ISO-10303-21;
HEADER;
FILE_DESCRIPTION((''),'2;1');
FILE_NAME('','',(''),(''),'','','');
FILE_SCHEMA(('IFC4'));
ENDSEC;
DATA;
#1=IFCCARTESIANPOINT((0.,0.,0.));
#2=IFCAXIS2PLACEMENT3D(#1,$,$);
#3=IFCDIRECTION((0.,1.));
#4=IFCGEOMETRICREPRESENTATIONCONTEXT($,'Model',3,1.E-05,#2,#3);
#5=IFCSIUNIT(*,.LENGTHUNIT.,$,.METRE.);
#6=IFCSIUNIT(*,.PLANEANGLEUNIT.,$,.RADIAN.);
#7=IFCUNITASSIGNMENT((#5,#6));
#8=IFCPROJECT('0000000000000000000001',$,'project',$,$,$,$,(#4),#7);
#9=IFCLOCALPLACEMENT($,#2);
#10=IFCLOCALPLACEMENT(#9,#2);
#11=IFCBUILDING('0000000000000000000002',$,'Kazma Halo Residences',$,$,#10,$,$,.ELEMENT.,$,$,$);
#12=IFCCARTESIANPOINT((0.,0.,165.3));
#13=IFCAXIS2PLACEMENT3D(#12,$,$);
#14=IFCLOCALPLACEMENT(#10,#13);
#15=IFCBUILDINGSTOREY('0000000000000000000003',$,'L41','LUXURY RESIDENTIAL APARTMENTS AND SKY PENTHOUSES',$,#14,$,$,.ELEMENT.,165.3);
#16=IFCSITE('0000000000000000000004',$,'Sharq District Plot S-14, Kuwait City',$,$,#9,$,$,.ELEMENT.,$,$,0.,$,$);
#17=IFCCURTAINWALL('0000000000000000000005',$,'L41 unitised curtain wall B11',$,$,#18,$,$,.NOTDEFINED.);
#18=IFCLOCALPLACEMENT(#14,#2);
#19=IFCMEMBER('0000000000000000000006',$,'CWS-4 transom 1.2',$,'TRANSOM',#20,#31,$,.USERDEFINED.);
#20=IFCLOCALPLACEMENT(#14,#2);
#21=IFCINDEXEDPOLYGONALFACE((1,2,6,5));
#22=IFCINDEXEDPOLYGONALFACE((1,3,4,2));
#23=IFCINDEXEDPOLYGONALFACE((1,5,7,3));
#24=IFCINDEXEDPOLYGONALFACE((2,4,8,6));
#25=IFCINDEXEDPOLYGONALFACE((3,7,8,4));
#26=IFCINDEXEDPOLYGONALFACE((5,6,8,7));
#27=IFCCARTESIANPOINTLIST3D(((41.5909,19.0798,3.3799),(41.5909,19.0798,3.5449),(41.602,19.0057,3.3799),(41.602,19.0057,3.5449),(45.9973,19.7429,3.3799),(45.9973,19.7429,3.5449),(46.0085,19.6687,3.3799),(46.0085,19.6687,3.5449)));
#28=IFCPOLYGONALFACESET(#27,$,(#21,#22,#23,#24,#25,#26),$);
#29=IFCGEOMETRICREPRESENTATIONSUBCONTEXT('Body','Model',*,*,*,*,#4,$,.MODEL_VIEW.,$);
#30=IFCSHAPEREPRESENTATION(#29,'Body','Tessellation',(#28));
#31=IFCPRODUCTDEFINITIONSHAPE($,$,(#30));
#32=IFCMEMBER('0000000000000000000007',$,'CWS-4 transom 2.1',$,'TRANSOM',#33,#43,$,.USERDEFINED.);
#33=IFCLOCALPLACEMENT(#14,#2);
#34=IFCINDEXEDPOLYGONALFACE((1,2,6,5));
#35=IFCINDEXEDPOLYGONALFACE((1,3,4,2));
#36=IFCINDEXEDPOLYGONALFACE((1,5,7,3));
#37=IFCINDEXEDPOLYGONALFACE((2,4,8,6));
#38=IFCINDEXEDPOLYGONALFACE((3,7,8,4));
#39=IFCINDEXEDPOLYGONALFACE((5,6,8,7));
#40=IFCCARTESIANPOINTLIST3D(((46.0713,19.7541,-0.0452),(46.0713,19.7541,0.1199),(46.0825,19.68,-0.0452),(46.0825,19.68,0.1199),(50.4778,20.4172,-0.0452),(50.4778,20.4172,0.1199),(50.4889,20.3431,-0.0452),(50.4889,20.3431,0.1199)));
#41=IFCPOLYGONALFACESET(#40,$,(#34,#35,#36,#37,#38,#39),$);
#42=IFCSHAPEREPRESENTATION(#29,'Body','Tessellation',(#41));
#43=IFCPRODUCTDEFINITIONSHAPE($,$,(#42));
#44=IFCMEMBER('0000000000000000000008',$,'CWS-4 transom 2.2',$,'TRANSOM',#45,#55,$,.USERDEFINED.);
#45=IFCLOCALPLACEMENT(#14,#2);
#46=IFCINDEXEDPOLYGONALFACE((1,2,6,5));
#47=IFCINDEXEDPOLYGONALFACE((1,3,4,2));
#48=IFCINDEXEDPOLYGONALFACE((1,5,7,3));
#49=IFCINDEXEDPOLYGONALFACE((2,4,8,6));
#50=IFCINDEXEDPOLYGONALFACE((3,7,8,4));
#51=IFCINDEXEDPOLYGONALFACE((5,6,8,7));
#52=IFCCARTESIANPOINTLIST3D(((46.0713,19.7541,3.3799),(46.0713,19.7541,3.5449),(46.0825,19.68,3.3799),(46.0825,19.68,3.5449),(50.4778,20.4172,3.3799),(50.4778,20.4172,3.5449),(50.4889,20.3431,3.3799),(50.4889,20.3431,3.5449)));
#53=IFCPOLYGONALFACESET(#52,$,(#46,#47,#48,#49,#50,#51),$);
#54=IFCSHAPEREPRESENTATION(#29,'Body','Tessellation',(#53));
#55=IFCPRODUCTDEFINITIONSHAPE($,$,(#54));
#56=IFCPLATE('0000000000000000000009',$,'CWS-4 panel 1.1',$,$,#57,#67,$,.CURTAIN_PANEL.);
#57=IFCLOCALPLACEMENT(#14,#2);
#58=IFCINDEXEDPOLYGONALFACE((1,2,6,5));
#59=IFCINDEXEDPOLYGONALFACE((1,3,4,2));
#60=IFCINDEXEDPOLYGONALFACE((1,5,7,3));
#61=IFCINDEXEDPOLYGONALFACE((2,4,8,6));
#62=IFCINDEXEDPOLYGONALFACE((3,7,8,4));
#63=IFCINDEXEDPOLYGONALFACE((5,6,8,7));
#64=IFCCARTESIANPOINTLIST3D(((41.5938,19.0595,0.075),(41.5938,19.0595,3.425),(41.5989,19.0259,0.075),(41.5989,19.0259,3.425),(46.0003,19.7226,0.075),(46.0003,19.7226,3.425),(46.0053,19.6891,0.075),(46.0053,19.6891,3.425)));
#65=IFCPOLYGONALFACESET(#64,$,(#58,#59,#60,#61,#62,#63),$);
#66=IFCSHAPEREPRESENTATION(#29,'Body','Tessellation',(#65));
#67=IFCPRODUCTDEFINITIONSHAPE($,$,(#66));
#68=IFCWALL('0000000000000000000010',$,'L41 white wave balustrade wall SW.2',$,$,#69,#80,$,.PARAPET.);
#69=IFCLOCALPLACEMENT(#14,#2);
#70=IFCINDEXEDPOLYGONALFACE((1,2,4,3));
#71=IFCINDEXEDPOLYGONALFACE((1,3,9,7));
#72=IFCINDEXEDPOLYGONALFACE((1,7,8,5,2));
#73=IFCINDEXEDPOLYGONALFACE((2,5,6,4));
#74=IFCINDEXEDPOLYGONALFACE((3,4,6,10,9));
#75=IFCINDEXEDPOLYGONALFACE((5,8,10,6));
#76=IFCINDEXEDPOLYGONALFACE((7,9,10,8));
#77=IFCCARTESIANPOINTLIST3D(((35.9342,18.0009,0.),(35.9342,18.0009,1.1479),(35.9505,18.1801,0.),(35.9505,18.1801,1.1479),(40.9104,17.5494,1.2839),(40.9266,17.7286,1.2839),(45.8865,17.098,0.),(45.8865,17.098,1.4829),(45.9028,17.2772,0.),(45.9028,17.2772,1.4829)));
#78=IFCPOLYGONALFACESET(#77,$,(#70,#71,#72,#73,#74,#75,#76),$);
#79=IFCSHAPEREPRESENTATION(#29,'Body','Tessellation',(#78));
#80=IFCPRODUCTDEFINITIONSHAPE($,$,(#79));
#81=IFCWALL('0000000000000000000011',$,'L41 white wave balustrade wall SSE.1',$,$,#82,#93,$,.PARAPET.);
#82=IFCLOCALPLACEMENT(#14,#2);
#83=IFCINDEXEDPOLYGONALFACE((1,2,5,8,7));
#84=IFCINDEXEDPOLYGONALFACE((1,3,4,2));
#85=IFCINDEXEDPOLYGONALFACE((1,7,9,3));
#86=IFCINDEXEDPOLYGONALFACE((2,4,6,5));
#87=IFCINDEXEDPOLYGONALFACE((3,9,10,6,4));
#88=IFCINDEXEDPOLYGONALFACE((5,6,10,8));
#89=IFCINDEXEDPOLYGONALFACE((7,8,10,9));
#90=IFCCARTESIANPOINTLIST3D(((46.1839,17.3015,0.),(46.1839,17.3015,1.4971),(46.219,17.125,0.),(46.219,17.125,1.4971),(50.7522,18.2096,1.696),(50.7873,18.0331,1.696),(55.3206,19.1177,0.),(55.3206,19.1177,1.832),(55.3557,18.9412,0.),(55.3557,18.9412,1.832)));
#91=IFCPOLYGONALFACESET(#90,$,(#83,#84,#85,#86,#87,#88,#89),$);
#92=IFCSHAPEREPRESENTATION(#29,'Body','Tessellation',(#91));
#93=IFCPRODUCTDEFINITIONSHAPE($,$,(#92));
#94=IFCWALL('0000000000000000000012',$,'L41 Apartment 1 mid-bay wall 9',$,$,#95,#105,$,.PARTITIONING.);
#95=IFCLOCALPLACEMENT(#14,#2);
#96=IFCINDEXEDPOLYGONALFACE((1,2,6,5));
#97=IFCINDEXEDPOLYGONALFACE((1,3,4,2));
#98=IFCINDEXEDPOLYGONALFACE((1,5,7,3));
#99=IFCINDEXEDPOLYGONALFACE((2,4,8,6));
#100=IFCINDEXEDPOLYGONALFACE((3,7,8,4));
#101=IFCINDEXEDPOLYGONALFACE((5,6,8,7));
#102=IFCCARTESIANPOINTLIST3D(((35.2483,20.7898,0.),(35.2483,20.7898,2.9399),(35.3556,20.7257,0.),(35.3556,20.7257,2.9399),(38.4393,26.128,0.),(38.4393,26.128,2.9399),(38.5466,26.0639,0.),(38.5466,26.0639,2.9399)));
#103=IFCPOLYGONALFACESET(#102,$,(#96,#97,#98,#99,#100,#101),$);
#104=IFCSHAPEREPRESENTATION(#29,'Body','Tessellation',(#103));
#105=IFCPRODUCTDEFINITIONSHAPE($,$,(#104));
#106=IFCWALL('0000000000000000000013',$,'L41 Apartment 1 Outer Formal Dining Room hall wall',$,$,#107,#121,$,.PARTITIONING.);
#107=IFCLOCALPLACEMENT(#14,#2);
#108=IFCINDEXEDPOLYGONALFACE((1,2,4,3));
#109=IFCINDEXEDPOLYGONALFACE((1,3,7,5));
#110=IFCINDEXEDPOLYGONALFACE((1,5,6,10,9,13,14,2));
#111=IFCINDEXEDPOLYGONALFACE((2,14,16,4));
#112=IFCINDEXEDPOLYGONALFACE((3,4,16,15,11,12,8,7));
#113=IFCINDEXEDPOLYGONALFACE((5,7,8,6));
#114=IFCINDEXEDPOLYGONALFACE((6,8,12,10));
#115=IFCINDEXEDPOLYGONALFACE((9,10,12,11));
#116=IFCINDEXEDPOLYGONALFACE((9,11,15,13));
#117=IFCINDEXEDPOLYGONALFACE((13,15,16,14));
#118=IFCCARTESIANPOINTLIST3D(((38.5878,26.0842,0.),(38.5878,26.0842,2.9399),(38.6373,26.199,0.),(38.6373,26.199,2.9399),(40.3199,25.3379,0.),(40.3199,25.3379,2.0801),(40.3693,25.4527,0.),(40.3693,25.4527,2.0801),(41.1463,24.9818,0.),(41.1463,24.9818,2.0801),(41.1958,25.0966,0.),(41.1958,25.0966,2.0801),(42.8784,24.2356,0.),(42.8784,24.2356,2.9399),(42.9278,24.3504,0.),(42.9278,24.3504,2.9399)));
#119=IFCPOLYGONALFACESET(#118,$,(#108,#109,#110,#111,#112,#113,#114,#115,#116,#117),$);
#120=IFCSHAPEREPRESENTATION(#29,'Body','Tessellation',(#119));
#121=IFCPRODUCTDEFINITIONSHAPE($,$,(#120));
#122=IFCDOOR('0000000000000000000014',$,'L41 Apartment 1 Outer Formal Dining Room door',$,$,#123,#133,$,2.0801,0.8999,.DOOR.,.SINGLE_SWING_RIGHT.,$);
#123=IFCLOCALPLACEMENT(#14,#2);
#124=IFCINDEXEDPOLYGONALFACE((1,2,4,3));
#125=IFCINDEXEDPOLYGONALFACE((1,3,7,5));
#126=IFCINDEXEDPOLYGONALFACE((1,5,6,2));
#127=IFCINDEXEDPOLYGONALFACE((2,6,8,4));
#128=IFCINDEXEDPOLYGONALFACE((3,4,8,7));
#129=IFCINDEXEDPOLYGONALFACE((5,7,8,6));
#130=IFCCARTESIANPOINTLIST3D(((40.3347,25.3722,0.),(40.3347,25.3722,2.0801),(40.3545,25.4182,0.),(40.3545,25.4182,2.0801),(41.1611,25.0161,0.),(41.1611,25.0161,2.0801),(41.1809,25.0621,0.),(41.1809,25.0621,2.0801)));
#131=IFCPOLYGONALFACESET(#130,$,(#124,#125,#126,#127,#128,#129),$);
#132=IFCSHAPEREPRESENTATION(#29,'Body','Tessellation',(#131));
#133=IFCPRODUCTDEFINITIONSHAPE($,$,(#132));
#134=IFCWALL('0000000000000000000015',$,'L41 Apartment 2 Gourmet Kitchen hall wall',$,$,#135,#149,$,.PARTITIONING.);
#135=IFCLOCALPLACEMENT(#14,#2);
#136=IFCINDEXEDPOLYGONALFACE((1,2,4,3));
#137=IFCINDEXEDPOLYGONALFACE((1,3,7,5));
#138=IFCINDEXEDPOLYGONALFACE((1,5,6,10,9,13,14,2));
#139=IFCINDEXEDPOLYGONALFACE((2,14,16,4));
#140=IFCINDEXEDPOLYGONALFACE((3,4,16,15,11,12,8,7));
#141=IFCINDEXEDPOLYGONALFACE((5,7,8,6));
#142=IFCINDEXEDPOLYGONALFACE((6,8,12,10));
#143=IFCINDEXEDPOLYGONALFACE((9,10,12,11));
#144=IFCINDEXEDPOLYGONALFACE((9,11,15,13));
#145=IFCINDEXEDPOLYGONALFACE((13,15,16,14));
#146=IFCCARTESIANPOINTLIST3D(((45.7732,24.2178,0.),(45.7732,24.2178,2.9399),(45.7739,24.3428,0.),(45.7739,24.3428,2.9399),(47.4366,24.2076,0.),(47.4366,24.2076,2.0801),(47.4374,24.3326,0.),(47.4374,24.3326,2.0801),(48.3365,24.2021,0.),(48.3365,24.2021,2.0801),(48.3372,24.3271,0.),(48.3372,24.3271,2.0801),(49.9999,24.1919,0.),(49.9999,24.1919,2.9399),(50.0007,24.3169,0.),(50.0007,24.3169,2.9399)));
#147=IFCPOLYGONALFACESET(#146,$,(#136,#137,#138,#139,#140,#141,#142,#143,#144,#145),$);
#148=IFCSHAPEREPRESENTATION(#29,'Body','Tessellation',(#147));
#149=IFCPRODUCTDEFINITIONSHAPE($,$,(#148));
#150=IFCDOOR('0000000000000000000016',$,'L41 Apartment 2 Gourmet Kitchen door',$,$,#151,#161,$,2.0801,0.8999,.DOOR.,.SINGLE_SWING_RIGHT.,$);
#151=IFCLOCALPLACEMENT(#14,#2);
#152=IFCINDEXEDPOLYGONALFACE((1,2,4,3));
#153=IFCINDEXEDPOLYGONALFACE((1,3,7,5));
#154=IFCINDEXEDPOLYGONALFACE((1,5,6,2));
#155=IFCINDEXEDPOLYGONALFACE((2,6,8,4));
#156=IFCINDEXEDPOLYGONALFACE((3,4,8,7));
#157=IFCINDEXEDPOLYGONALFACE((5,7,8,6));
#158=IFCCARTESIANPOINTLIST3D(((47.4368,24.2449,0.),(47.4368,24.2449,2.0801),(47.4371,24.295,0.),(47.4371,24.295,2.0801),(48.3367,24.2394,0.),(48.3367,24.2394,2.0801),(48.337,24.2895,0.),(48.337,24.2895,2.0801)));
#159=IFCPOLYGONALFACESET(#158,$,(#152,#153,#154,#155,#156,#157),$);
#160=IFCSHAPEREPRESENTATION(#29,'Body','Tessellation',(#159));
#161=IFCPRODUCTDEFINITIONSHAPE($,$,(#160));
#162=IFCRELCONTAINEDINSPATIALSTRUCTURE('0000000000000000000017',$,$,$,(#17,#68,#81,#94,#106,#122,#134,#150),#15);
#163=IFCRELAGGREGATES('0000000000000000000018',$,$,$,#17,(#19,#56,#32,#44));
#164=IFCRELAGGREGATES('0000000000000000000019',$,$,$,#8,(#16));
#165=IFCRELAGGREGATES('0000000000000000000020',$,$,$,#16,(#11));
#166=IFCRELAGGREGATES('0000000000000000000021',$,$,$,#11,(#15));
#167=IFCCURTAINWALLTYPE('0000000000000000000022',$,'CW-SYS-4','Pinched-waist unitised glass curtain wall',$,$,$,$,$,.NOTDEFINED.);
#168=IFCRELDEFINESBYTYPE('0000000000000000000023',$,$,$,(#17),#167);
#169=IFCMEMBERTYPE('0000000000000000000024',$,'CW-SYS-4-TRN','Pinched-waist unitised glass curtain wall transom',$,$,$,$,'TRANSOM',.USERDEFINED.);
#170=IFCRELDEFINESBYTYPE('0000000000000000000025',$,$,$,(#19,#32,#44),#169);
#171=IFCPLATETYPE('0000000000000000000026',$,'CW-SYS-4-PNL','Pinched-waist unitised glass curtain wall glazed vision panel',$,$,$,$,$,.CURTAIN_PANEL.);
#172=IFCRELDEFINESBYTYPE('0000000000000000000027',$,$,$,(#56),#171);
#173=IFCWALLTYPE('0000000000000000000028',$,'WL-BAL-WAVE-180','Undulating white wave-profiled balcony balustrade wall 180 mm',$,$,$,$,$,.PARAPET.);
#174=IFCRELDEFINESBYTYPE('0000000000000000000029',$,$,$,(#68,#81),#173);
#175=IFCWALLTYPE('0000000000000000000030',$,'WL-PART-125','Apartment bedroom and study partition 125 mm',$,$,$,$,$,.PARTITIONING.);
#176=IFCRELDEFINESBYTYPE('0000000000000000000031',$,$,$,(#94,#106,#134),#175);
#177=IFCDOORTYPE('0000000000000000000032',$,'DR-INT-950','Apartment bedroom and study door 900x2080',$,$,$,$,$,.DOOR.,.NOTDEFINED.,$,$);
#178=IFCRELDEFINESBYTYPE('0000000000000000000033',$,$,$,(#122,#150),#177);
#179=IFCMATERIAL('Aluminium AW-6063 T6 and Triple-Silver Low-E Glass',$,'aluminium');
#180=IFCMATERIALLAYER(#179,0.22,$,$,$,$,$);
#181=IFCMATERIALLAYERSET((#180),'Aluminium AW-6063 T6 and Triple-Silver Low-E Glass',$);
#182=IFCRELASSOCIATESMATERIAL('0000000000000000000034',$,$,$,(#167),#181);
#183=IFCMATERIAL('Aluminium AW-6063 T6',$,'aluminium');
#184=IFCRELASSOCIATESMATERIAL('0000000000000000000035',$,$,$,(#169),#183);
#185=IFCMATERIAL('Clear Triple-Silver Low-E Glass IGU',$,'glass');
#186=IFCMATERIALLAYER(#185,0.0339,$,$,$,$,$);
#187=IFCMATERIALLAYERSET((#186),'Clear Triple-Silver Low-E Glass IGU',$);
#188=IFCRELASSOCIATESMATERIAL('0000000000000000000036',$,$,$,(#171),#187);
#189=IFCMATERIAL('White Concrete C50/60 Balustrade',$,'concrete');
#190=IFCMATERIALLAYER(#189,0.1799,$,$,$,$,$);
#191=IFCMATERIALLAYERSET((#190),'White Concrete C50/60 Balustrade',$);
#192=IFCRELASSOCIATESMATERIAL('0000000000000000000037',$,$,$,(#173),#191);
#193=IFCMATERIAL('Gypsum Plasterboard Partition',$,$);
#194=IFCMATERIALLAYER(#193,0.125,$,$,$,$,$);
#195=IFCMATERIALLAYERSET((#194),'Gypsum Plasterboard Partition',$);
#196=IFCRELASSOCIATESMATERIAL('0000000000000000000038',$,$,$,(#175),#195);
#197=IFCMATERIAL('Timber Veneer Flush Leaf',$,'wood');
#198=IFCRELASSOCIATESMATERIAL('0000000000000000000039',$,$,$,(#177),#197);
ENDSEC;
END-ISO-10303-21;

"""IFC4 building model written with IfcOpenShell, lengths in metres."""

from ifc_helpers import new_model, si_unit, direction, frame, frame_2d, origin, origin_2d, place, context, subcontext, project, spatial, polyline, rectangle, outline, extrude, material, layer, layer_set, material_profile, profile_set, type_object, element, fill, aggregate, save


model = new_model("IFC4")

# Units and contexts
model_context = context("Model", 3, precision=1e-05, world=origin(), true_north=direction((0.0, 1.0)))
body_context = subcontext(model_context, "Body", "Model", "MODEL_VIEW")
ifc_project = project(units=[si_unit("LENGTHUNIT", "METRE"), si_unit("PLANEANGLEUNIT", "RADIAN")], contexts=[model_context])

# Site, building, storey
site_placement = place(None, origin())
site = spatial("IfcSite", under=ifc_project, at=site_placement, Name="Sharq District Plot S-14, Kuwait City", CompositionType="ELEMENT", RefElevation=0.0)
building_placement = place(site_placement, origin())
building = spatial("IfcBuilding", under=site, at=building_placement, Name="Kazma Halo Residences", CompositionType="ELEMENT")
storey_placement = place(building_placement, frame((0.0, 0.0, 165.3)))
storey = spatial("IfcBuildingStorey", under=building, at=storey_placement, Name="L41", Description="LUXURY RESIDENTIAL APARTMENTS AND SKY PENTHOUSES", CompositionType="ELEMENT", Elevation=165.3)

# Curtain wall, members, plate
ifc_material_1 = material(Name="Aluminium AW-6063 T6 and Triple-Silver Low-E Glass", Category="aluminium")
ifc_layer_1 = layer(ifc_material_1, 0.22)
ifc_layer_set_1 = layer_set([ifc_layer_1], Name="Aluminium AW-6063 T6 and Triple-Silver Low-E Glass")
curtain_wall_type = type_object("IfcCurtainWallType", Name="CW-SYS-4", Description="Pinched-waist unitised glass curtain wall", PredefinedType="NOTDEFINED", material=ifc_layer_set_1)
curtain_wall_placement = place(storey_placement, origin())
curtain_wall = element("IfcCurtainWall", 1, at=curtain_wall_placement, inside=storey, type_object=curtain_wall_type, Name="L41 unitised curtain wall B11", PredefinedType="NOTDEFINED")
ifc_material_2 = material(Name="Aluminium AW-6063 T6", Category="aluminium")
ifc_material_profile_1 = material_profile(ifc_material_2, rectangle(XDim=0.075, YDim=0.165, at=origin_2d()), Name="CWT-75x165")
ifc_profile_set_1 = profile_set([ifc_material_profile_1], Name="Aluminium AW-6063 T6")
member_type_1 = type_object("IfcMemberType", Name="CW-SYS-4-TRN", Description="Pinched-waist unitised glass curtain wall transom", ElementType="TRANSOM", PredefinedType="USERDEFINED", material=ifc_profile_set_1)
member_1_placement = place(storey_placement, frame((41.5964, 19.0427, 3.4624), z_axis=(0.988867, 0.148804, 0.0), x_axis=(-0.148804, 0.988867, 0.0)))
member_1 = element("IfcMember", 2, at=member_1_placement, type_object=member_type_1, Name="CWS-4 transom 1.2", ObjectType="TRANSOM", PredefinedType="USERDEFINED", context=body_context, shape_type="SweptSolid", body=[
    extrude(rectangle(XDim=0.075, YDim=0.165, at=origin_2d()), origin(), (0.0, 0.0, 1.0), 4.4561),
])
member_2_placement = place(storey_placement, frame((46.0769, 19.717, 0.0374), z_axis=(0.988867, 0.148804, 0.0), x_axis=(-0.148804, 0.988867, 0.0)))
member_2 = element("IfcMember", 3, at=member_2_placement, type_object=member_type_1, Name="CWS-4 transom 2.1", ObjectType="TRANSOM", PredefinedType="USERDEFINED", context=body_context, shape_type="SweptSolid", body=[
    extrude(rectangle(XDim=0.075, YDim=0.165, at=origin_2d()), origin(), (0.0, 0.0, 1.0), 4.4561),
])
member_3_placement = place(storey_placement, frame((46.0769, 19.717, 3.4624), z_axis=(0.988867, 0.148804, 0.0), x_axis=(-0.148804, 0.988867, 0.0)))
member_3 = element("IfcMember", 4, at=member_3_placement, type_object=member_type_1, Name="CWS-4 transom 2.2", ObjectType="TRANSOM", PredefinedType="USERDEFINED", context=body_context, shape_type="SweptSolid", body=[
    extrude(rectangle(XDim=0.075, YDim=0.165, at=origin_2d()), origin(), (0.0, 0.0, 1.0), 4.4561),
])
ifc_material_3 = material(Name="Clear Triple-Silver Low-E Glass IGU", Category="glass")
ifc_layer_2 = layer(ifc_material_3, 0.0339)
ifc_layer_set_2 = layer_set([ifc_layer_2], Name="Clear Triple-Silver Low-E Glass IGU")
plate_type = type_object("IfcPlateType", Name="CW-SYS-4-PNL", Description="Pinched-waist unitised glass curtain wall glazed vision panel", PredefinedType="CURTAIN_PANEL", material=ifc_layer_set_2)
plate_placement = place(storey_placement, frame((43.7996, 19.3743, 0.075), z_axis=(0.0, 0.0, 1.0), x_axis=(0.988864, 0.148821, 0.0)))
plate = element("IfcPlate", 5, at=plate_placement, type_object=plate_type, Name="CWS-4 panel 1.1", PredefinedType="CURTAIN_PANEL", context=body_context, shape_type="SweptSolid", body=[
    extrude(rectangle(XDim=4.4561, YDim=0.0339, at=origin_2d()), origin(), (0.0, 0.0, 1.0), 3.3501),
])
aggregate(curtain_wall, [member_1, plate, member_2, member_3])

# Walls
ifc_material_4 = material(Name="White Concrete C50/60 Balustrade", Category="concrete")
ifc_layer_3 = layer(ifc_material_4, 0.1799)
ifc_layer_set_3 = layer_set([ifc_layer_3], Name="White Concrete C50/60 Balustrade")
wall_type_1 = type_object("IfcWallType", Name="WL-BAL-WAVE-180", Description="Undulating white wave-profiled balcony balustrade wall 180 mm", PredefinedType="PARAPET", material=ifc_layer_set_3)
wall_1_placement = place(storey_placement, frame((35.9424, 18.0906, 0.0), z_axis=(0.0, 0.0, 1.0), x_axis=(0.995911, -0.090344, 0.0)))
element("IfcWall", 6, at=wall_1_placement, inside=storey, type_object=wall_type_1, Name="L41 white wave balustrade wall SW.2", PredefinedType="PARAPET", context=body_context, shape_type="SweptSolid", body=[
    extrude(outline(polyline([(0.0, 0.0), (9.9932, 0.0), (9.9932, 1.4829), (4.9966, 1.2839), (0.0, 1.1479), (0.0, 0.0)])), frame((0.0, 0.0898, 0.0), z_axis=(0.0, -1.0, 0.0), x_axis=(1.0, 0.0, 0.0)), (0.0, 0.0, 1.0), 0.1799),
])
wall_2_placement = place(storey_placement, frame((46.2014, 17.2134, 0.0), z_axis=(0.0, 0.0, 1.0), x_axis=(0.980811, 0.194962, 0.0)))
element("IfcWall", 7, at=wall_2_placement, inside=storey, type_object=wall_type_1, Name="L41 white wave balustrade wall SSE.1", PredefinedType="PARAPET", context=body_context, shape_type="SweptSolid", body=[
    extrude(outline(polyline([(0.0, 0.0), (9.3154, 0.0), (9.3154, 1.832), (4.6577, 1.696), (0.0, 1.4971), (0.0, 0.0)])), frame((0.0, 0.0898, 0.0), z_axis=(0.0, -1.0, 0.0), x_axis=(1.0, 0.0, 0.0)), (0.0, 0.0, 1.0), 0.1799),
])
ifc_material_5 = material(Name="Gypsum Plasterboard Partition")
ifc_layer_4 = layer(ifc_material_5, 0.125)
ifc_layer_set_4 = layer_set([ifc_layer_4], Name="Gypsum Plasterboard Partition")
wall_type_2 = type_object("IfcWallType", Name="WL-PART-125", Description="Apartment bedroom and study partition 125 mm", PredefinedType="PARTITIONING", material=ifc_layer_set_4)
wall_3_placement = place(storey_placement, frame((38.4929, 26.0959, 0.0), z_axis=(0.0, 0.0, 1.0), x_axis=(-0.513081, -0.85834, 0.0)))
element("IfcWall", 8, at=wall_3_placement, inside=storey, type_object=wall_type_2, Name="L41 Apartment 1 mid-bay wall 9", PredefinedType="PARTITIONING", context=body_context, shape_type="SweptSolid", body=[
    extrude(rectangle(XDim=6.2192, YDim=0.125, at=frame_2d((3.1096, 0.0))), origin(), (0.0, 0.0, 1.0), 2.9399),
])

# Walls, openings, doors
wall_4_placement = place(storey_placement, frame((38.6125, 26.1416, 0.0), z_axis=(0.0, 0.0, 1.0), x_axis=(0.918381, -0.395697, 0.0)))
wall_4 = element("IfcWall", 9, at=wall_4_placement, inside=storey, type_object=wall_type_2, Name="L41 Apartment 1 Outer Formal Dining Room hall wall", PredefinedType="PARTITIONING", context=body_context, shape_type="SweptSolid", body=[
    extrude(rectangle(XDim=4.6719, YDim=0.125, at=frame_2d((2.3359, 0.0))), origin(), (0.0, 0.0, 1.0), 2.9399),
])
opening_1_placement = place(wall_4_placement, frame((1.886, 0.0, 0.0)))
opening_1 = element("IfcOpeningElement", 10, at=opening_1_placement, cuts=wall_4, PredefinedType="OPENING", context=body_context, shape_type="SweptSolid", body=[
    extrude(rectangle(XDim=0.8999, YDim=2.0801, at=frame_2d((0.45, 1.04))), frame((0.0, 0.0725, 0.0), z_axis=(0.0, -1.0, 0.0), x_axis=(1.0, 0.0, 0.0)), (0.0, 0.0, 1.0), 0.145),
])
ifc_material_6 = material(Name="Timber Veneer Flush Leaf", Category="wood")
door_type_1 = type_object("IfcDoorType", Name="DR-INT-950", Description="Apartment bedroom and study door 900x2080", OperationType="NOTDEFINED", PredefinedType="DOOR", material=ifc_material_6)
door_1_placement = place(opening_1_placement, origin())
door_1 = element("IfcDoor", 11, at=door_1_placement, inside=storey, type_object=door_type_1, Name="L41 Apartment 1 Outer Formal Dining Room door", OperationType="SINGLE_SWING_RIGHT", OverallHeight=2.0801, OverallWidth=0.8999, PredefinedType="DOOR", context=body_context, shape_type="SweptSolid", body=[
    extrude(rectangle(XDim=0.8999, YDim=2.0801, at=frame_2d((0.45, 1.04))), frame((0.0, 0.0249, 0.0), z_axis=(0.0, -1.0, 0.0), x_axis=(1.0, 0.0, 0.0)), (0.0, 0.0, 1.0), 0.05),
])
fill(opening_1, door_1)
wall_5_placement = place(storey_placement, frame((45.7737, 24.2803, 0.0), z_axis=(0.0, 0.0, 1.0), x_axis=(0.999981, -0.006122, 0.0)))
wall_5 = element("IfcWall", 12, at=wall_5_placement, inside=storey, type_object=wall_type_2, Name="L41 Apartment 2 Gourmet Kitchen hall wall", PredefinedType="PARTITIONING", context=body_context, shape_type="SweptSolid", body=[
    extrude(rectangle(XDim=4.2268, YDim=0.125, at=frame_2d((2.1133, 0.0))), origin(), (0.0, 0.0, 1.0), 2.9399),
])
opening_2_placement = place(wall_5_placement, frame((1.6633, 0.0, 0.0)))
opening_2 = element("IfcOpeningElement", 13, at=opening_2_placement, cuts=wall_5, PredefinedType="OPENING", context=body_context, shape_type="SweptSolid", body=[
    extrude(rectangle(XDim=0.8999, YDim=2.0801, at=frame_2d((0.45, 1.04))), frame((0.0, 0.0725, 0.0), z_axis=(0.0, -1.0, 0.0), x_axis=(1.0, 0.0, 0.0)), (0.0, 0.0, 1.0), 0.145),
])
door_2_placement = place(opening_2_placement, origin())
door_2 = element("IfcDoor", 14, at=door_2_placement, inside=storey, type_object=door_type_1, Name="L41 Apartment 2 Gourmet Kitchen door", OperationType="SINGLE_SWING_RIGHT", OverallHeight=2.0801, OverallWidth=0.8999, PredefinedType="DOOR", context=body_context, shape_type="SweptSolid", body=[
    extrude(rectangle(XDim=0.8999, YDim=2.0801, at=frame_2d((0.45, 1.04))), frame((0.0, 0.0249, 0.0), z_axis=(0.0, -1.0, 0.0), x_axis=(1.0, 0.0, 0.0)), (0.0, 0.0, 1.0), 0.05),
])
fill(opening_2, door_2)

save(model, "model.ifc")
